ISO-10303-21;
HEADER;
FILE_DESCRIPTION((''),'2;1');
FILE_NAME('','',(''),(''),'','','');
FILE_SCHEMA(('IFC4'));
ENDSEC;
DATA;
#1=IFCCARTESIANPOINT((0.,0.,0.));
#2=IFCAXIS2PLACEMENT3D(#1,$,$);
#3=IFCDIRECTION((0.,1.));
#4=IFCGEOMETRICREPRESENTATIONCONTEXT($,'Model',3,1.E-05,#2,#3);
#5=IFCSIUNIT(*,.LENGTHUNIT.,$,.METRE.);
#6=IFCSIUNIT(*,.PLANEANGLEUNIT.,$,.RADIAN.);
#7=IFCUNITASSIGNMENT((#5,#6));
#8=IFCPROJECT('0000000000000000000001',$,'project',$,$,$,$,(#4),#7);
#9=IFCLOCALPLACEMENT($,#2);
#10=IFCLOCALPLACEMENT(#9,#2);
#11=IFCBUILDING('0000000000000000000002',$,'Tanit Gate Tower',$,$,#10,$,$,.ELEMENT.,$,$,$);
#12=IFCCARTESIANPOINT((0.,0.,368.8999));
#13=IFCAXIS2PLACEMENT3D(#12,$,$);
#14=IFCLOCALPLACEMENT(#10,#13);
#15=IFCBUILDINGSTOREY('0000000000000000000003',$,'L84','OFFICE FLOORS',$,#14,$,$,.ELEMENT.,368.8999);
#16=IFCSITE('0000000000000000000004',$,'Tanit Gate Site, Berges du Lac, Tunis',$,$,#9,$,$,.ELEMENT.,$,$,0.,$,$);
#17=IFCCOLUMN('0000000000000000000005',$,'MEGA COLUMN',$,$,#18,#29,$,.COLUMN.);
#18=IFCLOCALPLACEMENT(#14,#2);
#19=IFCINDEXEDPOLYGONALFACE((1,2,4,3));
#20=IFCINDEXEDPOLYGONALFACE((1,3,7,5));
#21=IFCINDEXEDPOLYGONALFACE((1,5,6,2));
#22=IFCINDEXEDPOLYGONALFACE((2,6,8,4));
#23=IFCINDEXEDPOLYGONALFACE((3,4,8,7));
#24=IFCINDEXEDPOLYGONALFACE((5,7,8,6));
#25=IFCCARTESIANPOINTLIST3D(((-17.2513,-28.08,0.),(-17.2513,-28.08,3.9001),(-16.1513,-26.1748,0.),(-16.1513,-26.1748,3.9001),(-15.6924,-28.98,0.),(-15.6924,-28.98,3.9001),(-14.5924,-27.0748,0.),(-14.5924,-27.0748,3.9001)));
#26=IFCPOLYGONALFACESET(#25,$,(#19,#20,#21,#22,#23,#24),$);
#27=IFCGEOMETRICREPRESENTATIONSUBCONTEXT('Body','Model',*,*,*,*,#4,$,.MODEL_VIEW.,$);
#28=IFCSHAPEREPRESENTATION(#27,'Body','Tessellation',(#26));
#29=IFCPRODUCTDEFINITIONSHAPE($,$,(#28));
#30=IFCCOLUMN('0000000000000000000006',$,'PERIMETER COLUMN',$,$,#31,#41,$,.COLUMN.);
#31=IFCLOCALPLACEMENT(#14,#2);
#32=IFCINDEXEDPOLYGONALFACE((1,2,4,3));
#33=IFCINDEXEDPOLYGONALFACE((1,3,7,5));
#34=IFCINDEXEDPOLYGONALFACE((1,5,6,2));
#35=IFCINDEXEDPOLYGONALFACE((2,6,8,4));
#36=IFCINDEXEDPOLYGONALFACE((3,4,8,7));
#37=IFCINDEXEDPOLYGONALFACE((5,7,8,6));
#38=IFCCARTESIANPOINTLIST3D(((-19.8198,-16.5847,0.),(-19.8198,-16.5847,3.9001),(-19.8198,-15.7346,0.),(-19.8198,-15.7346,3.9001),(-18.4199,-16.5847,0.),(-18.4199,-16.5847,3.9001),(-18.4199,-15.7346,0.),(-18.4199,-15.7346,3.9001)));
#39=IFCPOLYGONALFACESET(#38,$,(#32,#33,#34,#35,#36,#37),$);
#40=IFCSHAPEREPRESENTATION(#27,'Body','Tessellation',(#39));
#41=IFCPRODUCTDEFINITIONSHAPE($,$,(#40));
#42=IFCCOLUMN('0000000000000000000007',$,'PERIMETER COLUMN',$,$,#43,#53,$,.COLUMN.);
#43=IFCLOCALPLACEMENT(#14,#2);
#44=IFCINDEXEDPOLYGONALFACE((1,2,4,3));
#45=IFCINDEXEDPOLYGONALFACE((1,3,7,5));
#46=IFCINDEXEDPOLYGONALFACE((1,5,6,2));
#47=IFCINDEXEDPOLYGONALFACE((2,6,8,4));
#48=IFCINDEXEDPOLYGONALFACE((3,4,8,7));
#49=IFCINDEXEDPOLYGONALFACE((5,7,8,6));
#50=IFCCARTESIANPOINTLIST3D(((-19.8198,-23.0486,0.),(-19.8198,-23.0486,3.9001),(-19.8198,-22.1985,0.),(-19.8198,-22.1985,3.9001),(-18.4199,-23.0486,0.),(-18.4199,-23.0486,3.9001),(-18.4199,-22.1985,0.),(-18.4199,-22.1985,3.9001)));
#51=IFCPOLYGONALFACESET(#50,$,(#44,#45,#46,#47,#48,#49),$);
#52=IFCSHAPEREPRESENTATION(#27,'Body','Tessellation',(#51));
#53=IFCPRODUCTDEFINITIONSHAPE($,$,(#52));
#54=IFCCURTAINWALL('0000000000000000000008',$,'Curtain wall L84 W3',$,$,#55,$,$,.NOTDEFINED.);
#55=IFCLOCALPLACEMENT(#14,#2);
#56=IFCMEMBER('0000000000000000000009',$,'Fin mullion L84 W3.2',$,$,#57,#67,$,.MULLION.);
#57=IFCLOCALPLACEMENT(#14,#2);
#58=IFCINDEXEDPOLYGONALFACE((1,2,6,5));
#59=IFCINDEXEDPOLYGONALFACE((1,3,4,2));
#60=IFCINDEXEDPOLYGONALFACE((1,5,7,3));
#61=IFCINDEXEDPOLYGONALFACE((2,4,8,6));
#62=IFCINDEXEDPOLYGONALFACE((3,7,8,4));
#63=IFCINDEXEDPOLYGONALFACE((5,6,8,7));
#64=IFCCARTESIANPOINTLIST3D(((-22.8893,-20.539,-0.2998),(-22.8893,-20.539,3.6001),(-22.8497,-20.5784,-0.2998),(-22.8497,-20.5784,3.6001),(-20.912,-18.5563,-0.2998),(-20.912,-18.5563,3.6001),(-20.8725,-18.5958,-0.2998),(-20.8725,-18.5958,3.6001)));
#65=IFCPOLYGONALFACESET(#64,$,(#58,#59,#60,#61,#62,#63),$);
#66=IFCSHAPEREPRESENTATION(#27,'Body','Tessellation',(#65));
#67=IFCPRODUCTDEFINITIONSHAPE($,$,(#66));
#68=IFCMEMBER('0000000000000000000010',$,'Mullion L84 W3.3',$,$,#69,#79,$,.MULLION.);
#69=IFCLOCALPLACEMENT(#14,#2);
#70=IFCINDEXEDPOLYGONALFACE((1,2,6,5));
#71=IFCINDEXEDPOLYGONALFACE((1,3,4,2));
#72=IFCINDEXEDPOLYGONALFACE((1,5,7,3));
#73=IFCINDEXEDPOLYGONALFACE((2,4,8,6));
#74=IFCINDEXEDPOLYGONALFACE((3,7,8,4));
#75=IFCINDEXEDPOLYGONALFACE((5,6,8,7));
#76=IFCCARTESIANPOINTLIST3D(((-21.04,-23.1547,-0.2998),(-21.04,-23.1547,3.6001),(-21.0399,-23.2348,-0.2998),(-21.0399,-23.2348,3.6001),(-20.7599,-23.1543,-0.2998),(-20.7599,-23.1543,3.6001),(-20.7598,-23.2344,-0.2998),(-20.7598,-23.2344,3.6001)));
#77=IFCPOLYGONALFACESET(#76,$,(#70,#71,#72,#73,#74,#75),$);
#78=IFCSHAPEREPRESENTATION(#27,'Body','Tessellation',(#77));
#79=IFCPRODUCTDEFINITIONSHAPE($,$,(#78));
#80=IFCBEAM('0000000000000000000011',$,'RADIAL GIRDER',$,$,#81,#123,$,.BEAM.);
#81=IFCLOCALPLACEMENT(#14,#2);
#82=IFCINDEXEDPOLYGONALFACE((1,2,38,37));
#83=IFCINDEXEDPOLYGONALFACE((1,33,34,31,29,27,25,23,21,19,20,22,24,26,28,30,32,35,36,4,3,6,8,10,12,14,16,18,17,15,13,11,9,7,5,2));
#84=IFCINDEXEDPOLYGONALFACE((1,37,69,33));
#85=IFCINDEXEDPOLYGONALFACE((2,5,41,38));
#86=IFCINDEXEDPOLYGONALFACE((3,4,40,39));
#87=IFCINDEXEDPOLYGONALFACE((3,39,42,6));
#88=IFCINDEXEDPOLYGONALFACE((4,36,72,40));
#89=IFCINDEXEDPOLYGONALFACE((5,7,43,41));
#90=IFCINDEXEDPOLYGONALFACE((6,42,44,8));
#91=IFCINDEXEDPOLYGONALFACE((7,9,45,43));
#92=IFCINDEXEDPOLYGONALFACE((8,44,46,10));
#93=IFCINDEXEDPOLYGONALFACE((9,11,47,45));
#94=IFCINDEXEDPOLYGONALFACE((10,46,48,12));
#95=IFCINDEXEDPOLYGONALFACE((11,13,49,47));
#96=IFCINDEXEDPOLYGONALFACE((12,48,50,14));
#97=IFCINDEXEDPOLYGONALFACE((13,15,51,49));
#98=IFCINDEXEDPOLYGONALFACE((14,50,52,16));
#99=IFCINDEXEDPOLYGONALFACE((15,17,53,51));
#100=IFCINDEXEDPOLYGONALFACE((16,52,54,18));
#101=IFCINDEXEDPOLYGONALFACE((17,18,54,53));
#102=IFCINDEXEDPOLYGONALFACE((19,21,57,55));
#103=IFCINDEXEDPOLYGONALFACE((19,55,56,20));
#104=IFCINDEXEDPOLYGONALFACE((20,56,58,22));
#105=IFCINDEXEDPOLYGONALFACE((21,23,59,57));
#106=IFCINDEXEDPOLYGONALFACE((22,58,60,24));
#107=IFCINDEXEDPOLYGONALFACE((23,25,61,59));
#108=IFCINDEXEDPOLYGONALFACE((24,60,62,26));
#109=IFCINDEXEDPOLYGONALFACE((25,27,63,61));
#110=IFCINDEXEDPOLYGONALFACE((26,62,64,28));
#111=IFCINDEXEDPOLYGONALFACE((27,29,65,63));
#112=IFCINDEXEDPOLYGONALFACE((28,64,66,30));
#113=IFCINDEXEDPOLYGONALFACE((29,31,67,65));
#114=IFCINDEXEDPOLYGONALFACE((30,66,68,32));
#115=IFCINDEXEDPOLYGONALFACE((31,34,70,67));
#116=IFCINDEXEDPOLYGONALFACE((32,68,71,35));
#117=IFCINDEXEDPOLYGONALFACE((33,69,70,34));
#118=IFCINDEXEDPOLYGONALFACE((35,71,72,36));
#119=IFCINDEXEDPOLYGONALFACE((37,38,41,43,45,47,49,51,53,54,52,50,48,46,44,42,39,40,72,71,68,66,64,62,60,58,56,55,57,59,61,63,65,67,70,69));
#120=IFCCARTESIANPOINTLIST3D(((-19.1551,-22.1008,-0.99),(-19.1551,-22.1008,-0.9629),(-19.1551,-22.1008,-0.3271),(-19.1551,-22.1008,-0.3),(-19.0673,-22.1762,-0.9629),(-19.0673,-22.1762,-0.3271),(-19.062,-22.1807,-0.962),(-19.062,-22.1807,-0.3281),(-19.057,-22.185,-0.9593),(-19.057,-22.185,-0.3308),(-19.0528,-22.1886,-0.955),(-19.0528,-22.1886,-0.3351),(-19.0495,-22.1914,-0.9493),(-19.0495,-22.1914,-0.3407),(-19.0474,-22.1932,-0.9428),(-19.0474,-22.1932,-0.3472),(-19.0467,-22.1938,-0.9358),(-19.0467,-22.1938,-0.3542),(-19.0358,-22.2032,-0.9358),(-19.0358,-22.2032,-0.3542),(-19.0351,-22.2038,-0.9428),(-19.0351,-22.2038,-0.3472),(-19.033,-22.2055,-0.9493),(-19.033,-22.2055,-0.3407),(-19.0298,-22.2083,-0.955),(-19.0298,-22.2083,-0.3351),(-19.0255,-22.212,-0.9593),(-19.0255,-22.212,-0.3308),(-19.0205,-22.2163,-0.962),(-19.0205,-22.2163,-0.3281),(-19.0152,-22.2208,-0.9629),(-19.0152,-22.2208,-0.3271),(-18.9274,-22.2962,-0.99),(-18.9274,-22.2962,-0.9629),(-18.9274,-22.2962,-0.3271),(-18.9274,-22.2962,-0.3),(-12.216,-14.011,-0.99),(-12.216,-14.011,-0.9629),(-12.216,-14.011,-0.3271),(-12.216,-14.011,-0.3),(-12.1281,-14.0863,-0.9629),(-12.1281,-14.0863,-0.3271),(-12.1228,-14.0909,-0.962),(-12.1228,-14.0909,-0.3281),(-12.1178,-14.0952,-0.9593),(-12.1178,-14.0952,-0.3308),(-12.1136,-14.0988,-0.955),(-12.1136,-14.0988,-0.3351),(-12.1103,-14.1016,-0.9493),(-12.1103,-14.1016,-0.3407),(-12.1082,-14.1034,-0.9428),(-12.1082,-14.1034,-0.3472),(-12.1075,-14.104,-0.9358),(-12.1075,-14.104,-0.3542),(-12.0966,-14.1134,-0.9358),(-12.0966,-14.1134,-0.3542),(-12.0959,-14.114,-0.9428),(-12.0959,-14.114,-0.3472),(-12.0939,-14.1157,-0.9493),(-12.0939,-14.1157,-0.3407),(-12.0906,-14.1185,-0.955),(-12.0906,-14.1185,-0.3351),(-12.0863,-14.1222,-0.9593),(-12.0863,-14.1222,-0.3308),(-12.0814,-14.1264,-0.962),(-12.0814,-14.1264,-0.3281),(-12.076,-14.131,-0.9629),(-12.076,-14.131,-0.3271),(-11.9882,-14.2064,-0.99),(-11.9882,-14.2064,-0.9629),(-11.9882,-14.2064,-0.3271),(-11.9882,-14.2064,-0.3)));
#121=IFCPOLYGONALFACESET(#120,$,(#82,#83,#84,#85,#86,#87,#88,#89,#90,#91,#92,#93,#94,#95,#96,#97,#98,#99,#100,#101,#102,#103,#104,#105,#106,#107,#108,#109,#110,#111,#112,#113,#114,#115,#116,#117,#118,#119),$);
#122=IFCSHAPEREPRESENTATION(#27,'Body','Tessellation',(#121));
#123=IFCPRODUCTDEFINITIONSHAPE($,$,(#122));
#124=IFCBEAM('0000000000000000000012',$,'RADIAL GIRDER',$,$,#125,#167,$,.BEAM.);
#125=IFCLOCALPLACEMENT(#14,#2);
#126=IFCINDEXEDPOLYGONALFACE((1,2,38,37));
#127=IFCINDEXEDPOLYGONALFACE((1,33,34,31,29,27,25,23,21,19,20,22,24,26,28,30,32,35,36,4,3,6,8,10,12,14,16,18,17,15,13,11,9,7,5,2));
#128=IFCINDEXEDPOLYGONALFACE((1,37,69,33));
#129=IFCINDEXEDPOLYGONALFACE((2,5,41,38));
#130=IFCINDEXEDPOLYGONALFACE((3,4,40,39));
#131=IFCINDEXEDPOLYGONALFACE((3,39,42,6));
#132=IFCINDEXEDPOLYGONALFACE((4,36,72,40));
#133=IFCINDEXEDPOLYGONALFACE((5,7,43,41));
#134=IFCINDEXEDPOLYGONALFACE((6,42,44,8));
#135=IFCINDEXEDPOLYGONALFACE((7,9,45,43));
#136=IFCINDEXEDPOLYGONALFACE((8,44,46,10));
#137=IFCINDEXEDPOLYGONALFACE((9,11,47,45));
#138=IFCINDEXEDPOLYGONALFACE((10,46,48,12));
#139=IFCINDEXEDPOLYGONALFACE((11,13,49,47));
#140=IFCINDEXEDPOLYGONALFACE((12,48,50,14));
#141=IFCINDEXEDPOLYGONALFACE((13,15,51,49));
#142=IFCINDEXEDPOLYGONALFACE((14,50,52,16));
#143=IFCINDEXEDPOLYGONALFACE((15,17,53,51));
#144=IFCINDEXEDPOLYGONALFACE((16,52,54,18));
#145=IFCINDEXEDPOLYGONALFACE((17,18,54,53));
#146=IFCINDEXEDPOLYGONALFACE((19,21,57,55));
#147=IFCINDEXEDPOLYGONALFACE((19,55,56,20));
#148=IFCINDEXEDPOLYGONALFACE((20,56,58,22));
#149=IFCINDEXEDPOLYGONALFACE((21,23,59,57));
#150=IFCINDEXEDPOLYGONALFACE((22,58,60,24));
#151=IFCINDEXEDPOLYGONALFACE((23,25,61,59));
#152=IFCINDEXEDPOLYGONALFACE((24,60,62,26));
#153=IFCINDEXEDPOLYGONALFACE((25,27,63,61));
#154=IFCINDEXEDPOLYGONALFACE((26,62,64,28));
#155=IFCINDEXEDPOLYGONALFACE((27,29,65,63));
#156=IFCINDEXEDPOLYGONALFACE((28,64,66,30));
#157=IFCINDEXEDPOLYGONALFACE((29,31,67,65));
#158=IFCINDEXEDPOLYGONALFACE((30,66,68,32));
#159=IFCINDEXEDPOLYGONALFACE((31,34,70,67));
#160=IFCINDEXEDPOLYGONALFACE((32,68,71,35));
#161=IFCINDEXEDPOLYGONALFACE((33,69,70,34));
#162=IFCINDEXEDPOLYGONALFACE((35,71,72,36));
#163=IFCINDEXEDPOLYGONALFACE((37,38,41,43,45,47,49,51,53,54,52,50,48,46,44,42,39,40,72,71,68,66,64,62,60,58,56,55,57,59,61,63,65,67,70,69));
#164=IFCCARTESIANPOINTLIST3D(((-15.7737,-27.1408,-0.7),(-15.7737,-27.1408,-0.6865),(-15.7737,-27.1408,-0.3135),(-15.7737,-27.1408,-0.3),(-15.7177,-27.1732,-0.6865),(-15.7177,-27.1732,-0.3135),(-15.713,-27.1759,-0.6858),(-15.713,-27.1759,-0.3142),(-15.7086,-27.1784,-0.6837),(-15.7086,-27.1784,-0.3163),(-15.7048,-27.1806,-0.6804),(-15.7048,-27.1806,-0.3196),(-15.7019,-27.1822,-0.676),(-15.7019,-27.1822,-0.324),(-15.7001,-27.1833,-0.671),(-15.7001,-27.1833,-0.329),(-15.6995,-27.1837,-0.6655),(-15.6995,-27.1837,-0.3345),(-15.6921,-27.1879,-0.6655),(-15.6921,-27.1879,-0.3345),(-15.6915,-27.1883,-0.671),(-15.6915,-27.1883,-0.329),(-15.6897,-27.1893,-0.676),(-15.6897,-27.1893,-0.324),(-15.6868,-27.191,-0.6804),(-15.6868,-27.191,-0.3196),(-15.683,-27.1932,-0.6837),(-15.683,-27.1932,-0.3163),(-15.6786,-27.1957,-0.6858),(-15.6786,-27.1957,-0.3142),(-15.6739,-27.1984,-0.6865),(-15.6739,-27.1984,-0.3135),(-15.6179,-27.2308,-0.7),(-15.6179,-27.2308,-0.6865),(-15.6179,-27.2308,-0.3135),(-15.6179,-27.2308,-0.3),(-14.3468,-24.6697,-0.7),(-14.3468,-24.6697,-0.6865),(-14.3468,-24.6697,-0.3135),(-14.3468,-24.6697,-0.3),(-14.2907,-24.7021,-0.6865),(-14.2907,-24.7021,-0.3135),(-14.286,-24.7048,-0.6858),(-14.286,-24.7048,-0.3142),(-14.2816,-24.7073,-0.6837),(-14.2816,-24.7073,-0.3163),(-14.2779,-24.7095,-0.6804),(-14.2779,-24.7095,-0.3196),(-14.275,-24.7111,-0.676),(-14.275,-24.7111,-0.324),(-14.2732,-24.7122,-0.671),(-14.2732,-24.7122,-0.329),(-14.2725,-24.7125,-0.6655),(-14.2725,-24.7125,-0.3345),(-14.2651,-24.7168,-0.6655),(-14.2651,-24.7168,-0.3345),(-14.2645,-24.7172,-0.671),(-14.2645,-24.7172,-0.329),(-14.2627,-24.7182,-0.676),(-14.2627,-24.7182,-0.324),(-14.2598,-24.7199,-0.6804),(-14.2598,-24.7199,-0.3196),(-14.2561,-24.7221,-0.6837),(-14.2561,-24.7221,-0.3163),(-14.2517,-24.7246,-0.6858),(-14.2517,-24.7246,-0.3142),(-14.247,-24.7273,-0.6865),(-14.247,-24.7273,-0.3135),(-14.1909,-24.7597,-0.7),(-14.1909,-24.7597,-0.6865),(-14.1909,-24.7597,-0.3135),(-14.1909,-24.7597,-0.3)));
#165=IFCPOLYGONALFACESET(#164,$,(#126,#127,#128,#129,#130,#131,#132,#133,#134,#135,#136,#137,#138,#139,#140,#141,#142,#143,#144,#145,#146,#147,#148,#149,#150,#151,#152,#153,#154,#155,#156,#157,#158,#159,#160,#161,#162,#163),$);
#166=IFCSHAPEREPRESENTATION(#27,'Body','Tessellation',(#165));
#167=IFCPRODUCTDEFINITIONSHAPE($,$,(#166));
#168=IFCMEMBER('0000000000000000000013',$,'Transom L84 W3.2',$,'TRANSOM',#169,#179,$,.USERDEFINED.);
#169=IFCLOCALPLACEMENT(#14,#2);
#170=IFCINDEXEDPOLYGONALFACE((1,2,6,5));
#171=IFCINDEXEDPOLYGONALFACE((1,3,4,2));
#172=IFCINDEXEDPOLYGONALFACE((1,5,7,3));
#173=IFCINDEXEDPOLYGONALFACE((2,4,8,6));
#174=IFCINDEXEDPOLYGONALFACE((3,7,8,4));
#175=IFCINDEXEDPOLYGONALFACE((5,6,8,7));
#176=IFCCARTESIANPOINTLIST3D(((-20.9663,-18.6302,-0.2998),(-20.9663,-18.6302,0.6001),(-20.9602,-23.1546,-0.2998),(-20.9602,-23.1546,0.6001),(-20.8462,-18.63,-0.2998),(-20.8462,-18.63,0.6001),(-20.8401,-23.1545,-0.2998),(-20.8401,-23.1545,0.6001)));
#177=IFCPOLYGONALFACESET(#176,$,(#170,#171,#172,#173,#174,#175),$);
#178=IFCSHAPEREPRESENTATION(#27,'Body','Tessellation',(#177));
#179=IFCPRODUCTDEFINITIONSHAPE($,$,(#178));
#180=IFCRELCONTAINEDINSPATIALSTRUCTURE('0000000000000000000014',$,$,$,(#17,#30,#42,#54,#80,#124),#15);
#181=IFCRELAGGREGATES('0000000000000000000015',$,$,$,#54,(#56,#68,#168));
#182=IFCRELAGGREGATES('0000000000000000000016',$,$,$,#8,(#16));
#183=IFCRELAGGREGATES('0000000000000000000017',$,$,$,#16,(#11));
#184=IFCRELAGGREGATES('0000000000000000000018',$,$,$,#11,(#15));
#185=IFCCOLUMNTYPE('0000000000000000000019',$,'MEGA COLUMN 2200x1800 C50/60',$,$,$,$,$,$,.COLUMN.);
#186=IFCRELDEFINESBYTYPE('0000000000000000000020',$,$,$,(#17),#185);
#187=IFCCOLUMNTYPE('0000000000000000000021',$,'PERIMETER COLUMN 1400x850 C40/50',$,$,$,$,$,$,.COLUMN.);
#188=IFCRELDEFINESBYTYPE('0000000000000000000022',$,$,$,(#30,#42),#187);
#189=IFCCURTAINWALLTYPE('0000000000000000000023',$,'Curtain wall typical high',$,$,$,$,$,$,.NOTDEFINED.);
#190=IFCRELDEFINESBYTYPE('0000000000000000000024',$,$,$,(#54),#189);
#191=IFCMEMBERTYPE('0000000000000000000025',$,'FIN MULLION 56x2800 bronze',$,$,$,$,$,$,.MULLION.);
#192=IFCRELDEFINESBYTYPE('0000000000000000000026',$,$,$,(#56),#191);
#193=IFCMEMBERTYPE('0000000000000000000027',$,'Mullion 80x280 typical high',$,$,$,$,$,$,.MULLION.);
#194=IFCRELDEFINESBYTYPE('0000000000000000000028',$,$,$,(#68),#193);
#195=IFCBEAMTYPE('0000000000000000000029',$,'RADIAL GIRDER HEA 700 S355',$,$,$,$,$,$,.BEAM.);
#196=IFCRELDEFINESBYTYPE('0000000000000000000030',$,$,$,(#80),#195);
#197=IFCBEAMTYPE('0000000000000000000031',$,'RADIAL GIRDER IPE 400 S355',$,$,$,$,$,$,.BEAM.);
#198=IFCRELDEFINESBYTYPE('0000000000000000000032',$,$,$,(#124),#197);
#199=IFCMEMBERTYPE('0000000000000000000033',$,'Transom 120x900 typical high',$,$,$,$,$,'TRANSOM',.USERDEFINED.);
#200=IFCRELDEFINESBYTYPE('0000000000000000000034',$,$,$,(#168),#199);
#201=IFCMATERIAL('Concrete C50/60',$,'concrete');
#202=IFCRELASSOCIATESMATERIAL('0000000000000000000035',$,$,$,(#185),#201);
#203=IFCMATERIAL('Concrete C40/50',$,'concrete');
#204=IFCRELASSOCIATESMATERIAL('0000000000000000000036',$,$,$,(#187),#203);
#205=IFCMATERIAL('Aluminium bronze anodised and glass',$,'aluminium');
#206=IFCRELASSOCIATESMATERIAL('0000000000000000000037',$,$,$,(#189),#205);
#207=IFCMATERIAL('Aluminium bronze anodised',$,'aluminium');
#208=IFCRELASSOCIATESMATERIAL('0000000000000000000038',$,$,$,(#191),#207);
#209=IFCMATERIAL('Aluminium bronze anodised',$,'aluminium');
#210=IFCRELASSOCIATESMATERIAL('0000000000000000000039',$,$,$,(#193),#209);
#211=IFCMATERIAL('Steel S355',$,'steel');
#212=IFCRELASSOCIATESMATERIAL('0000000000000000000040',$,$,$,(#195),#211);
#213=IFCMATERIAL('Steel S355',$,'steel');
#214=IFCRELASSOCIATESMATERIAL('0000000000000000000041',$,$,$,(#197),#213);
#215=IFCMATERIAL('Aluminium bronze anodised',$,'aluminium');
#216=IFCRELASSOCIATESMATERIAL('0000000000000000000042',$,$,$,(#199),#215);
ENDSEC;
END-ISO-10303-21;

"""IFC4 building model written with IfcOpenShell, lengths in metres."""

from ifc_helpers import new_model, si_unit, direction, frame, origin, origin_2d, place, context, subcontext, project, spatial, rectangle, i_section, extrude, material, material_profile, profile_set, type_object, element, aggregate, save


model = new_model("IFC4")

# Units and contexts
model_context = context("Model", 3, precision=1e-05, world=origin(), true_north=direction((0.0, 1.0)))
body_context = subcontext(model_context, "Body", "Model", "MODEL_VIEW")
ifc_project = project(units=[si_unit("LENGTHUNIT", "METRE"), si_unit("PLANEANGLEUNIT", "RADIAN")], contexts=[model_context])

# Site, building, storey
site_placement = place(None, origin())
site = spatial("IfcSite", under=ifc_project, at=site_placement, Name="Tanit Gate Site, Berges du Lac, Tunis", CompositionType="ELEMENT", RefElevation=0.0)
building_placement = place(site_placement, origin())
building = spatial("IfcBuilding", under=site, at=building_placement, Name="Tanit Gate Tower", CompositionType="ELEMENT")
storey_placement = place(building_placement, frame((0.0, 0.0, 368.8999)))
storey = spatial("IfcBuildingStorey", under=building, at=storey_placement, Name="L84", Description="OFFICE FLOORS", CompositionType="ELEMENT", Elevation=368.8999)

# Columns
ifc_material_1 = material(Name="Concrete C50/60", Category="concrete")
ifc_material_profile_1 = material_profile(ifc_material_1, rectangle(XDim=2.2, YDim=1.8, at=origin_2d()), Name="RC 2200x1800")
ifc_profile_set_1 = profile_set([ifc_material_profile_1], Name="Concrete C50/60")
column_type_1 = type_object("IfcColumnType", Name="MEGA COLUMN 2200x1800 C50/60", PredefinedType="COLUMN", material=ifc_profile_set_1)
column_placement = place(storey_placement, frame((-15.9219, -27.5774, 0.0), z_axis=(0.0, 0.0, 1.0), x_axis=(-0.5, -0.866025, 0.0)))
element("IfcColumn", 1, at=column_placement, inside=storey, type_object=column_type_1, Name="MEGA COLUMN", PredefinedType="COLUMN", context=body_context, shape_type="SweptSolid", body=[
    extrude(rectangle(XDim=2.2, YDim=1.8, at=origin_2d()), origin(), (0.0, 0.0, 1.0), 3.9001),
])
ifc_material_2 = material(Name="Concrete C40/50", Category="concrete")
ifc_material_profile_2 = material_profile(ifc_material_2, rectangle(XDim=1.3999, YDim=0.8501, at=origin_2d()), Name="RC 1400x850")
ifc_profile_set_2 = profile_set([ifc_material_profile_2], Name="Concrete C40/50")
column_type_2 = type_object("IfcColumnType", Name="PERIMETER COLUMN 1400x850 C40/50", PredefinedType="COLUMN", material=ifc_profile_set_2)
for number, where, z_axis, x_axis, name in (
    (2, (-19.1199, -16.1597, 0.0), (0.0, 0.0, 1.0), (-1.0, 0.0, 0.0), "PERIMETER COLUMN"),
    (3, (-19.1199, -22.6235, 0.0), (0.0, 0.0, 1.0), (-1.0, 0.0, 0.0), "PERIMETER COLUMN"),
):
    element("IfcColumn", number, at=place(storey_placement, frame(where, z_axis=z_axis, x_axis=x_axis)), inside=storey, type_object=column_type_2, Name=name, PredefinedType="COLUMN", context=body_context, shape_type="SweptSolid", body=[
        extrude(rectangle(XDim=1.3999, YDim=0.8501, at=origin_2d()), origin(), (0.0, 0.0, 1.0), 3.9001),
    ])

# Curtain wall, members
ifc_material_3 = material(Name="Aluminium bronze anodised and glass", Category="aluminium")
curtain_wall_type = type_object("IfcCurtainWallType", Name="Curtain wall typical high", PredefinedType="NOTDEFINED", material=ifc_material_3)
curtain_wall_placement = place(storey_placement, origin())
curtain_wall = element("IfcCurtainWall", 4, at=curtain_wall_placement, inside=storey, type_object=curtain_wall_type, Name="Curtain wall L84 W3", PredefinedType="NOTDEFINED")
ifc_material_4 = material(Name="Aluminium bronze anodised", Category="aluminium")
ifc_material_profile_3 = material_profile(ifc_material_4, rectangle(XDim=2.8, YDim=0.0559, at=origin_2d()), Name="56x2800 bronze fin mullion")
ifc_profile_set_3 = profile_set([ifc_material_profile_3], Name="Aluminium bronze anodised")
member_type_1 = type_object("IfcMemberType", Name="FIN MULLION 56x2800 bronze", PredefinedType="MULLION", material=ifc_profile_set_3)
member_1_placement = place(storey_placement, frame((-21.8809, -19.5674, -0.2998), z_axis=(0.0, 0.0, 1.0), x_axis=(0.706136, 0.708076, 0.0)))
member_1 = element("IfcMember", 5, at=member_1_placement, type_object=member_type_1, Name="Fin mullion L84 W3.2", PredefinedType="MULLION", context=body_context, shape_type="SweptSolid", body=[
    extrude(rectangle(XDim=2.8, YDim=0.0559, at=origin_2d()), origin(), (0.0, 0.0, 1.0), 3.8999),
])
ifc_material_5 = material(Name="Aluminium bronze anodised", Category="aluminium")
ifc_material_profile_4 = material_profile(ifc_material_5, rectangle(XDim=0.28, YDim=0.0801, at=origin_2d()), Name="80x280 bronze mullion")
ifc_profile_set_4 = profile_set([ifc_material_profile_4], Name="Aluminium bronze anodised")
member_type_2 = type_object("IfcMemberType", Name="Mullion 80x280 typical high", PredefinedType="MULLION", material=ifc_profile_set_4)
member_2_placement = place(storey_placement, frame((-20.8999, -23.1946, -0.2998), z_axis=(0.0, 0.0, 1.0), x_axis=(0.999999, 0.001372, 0.0)))
member_2 = element("IfcMember", 6, at=member_2_placement, type_object=member_type_2, Name="Mullion L84 W3.3", PredefinedType="MULLION", context=body_context, shape_type="SweptSolid", body=[
    extrude(rectangle(XDim=0.28, YDim=0.0801, at=origin_2d()), origin(), (0.0, 0.0, 1.0), 3.8999),
])

# Beams
ifc_material_6 = material(Name="Steel S355", Category="steel")
ifc_material_profile_5 = material_profile(ifc_material_6, i_section(OverallWidth=0.3, OverallDepth=0.6899, WebThickness=0.0144, FlangeThickness=0.0271, FilletRadius=0.0271, at=origin_2d()), Name="HEA 700")
ifc_profile_set_5 = profile_set([ifc_material_profile_5], Name="Steel S355")
beam_type_1 = type_object("IfcBeamType", Name="RADIAL GIRDER HEA 700 S355", PredefinedType="BEAM", material=ifc_profile_set_5)
beam_1_placement = place(storey_placement, frame((-19.0413, -22.1985, -0.645), z_axis=(0.651065, 0.759022, 0.0), x_axis=(-0.759022, 0.651065, 0.0)))
element("IfcBeam", 7, at=beam_1_placement, inside=storey, type_object=beam_type_1, Name="RADIAL GIRDER", PredefinedType="BEAM", context=body_context, shape_type="SweptSolid", body=[
    extrude(i_section(OverallWidth=0.3, OverallDepth=0.6899, WebThickness=0.0144, FlangeThickness=0.0271, FilletRadius=0.0271, at=origin_2d()), origin(), (0.0, 0.0, 1.0), 10.6582),
])
ifc_material_7 = material(Name="Steel S355", Category="steel")
ifc_material_profile_6 = material_profile(ifc_material_7, i_section(OverallWidth=0.1799, OverallDepth=0.3999, WebThickness=0.0085, FlangeThickness=0.0134, FilletRadius=0.021, at=origin_2d()), Name="IPE 400")
ifc_profile_set_6 = profile_set([ifc_material_profile_6], Name="Steel S355")
beam_type_2 = type_object("IfcBeamType", Name="RADIAL GIRDER IPE 400 S355", PredefinedType="BEAM", material=ifc_profile_set_6)
beam_2_placement = place(storey_placement, frame((-15.6958, -27.1858, -0.5), z_axis=(0.500068, 0.865986, 0.0), x_axis=(-0.865986, 0.500068, 0.0)))
element("IfcBeam", 8, at=beam_2_placement, inside=storey, type_object=beam_type_2, Name="RADIAL GIRDER", PredefinedType="BEAM", context=body_context, shape_type="SweptSolid", body=[
    extrude(i_section(OverallWidth=0.1799, OverallDepth=0.3999, WebThickness=0.0085, FlangeThickness=0.0134, FilletRadius=0.021, at=origin_2d()), origin(), (0.0, 0.0, 1.0), 2.8535),
])

# Member
ifc_material_8 = material(Name="Aluminium bronze anodised", Category="aluminium")
ifc_material_profile_7 = material_profile(ifc_material_8, rectangle(XDim=0.1201, YDim=0.8999, at=origin_2d()), Name="120x900 bronze transom")
ifc_profile_set_7 = profile_set([ifc_material_profile_7], Name="Aluminium bronze anodised")
member_type_3 = type_object("IfcMemberType", Name="Transom 120x900 typical high", ElementType="TRANSOM", PredefinedType="USERDEFINED", material=ifc_profile_set_7)
member_3_placement = place(storey_placement, frame((-20.9062, -18.6301, 0.1501), z_axis=(0.001349, -0.999999, 0.0), x_axis=(0.999999, 0.001349, 0.0)))
member_3 = element("IfcMember", 9, at=member_3_placement, type_object=member_type_3, Name="Transom L84 W3.2", ObjectType="TRANSOM", PredefinedType="USERDEFINED", context=body_context, shape_type="SweptSolid", body=[
    extrude(rectangle(XDim=0.1201, YDim=0.8999, at=origin_2d()), origin(), (0.0, 0.0, 1.0), 4.5244),
])

aggregate(curtain_wall, [member_1, member_2, member_3])

save(model, "model.ifc")
